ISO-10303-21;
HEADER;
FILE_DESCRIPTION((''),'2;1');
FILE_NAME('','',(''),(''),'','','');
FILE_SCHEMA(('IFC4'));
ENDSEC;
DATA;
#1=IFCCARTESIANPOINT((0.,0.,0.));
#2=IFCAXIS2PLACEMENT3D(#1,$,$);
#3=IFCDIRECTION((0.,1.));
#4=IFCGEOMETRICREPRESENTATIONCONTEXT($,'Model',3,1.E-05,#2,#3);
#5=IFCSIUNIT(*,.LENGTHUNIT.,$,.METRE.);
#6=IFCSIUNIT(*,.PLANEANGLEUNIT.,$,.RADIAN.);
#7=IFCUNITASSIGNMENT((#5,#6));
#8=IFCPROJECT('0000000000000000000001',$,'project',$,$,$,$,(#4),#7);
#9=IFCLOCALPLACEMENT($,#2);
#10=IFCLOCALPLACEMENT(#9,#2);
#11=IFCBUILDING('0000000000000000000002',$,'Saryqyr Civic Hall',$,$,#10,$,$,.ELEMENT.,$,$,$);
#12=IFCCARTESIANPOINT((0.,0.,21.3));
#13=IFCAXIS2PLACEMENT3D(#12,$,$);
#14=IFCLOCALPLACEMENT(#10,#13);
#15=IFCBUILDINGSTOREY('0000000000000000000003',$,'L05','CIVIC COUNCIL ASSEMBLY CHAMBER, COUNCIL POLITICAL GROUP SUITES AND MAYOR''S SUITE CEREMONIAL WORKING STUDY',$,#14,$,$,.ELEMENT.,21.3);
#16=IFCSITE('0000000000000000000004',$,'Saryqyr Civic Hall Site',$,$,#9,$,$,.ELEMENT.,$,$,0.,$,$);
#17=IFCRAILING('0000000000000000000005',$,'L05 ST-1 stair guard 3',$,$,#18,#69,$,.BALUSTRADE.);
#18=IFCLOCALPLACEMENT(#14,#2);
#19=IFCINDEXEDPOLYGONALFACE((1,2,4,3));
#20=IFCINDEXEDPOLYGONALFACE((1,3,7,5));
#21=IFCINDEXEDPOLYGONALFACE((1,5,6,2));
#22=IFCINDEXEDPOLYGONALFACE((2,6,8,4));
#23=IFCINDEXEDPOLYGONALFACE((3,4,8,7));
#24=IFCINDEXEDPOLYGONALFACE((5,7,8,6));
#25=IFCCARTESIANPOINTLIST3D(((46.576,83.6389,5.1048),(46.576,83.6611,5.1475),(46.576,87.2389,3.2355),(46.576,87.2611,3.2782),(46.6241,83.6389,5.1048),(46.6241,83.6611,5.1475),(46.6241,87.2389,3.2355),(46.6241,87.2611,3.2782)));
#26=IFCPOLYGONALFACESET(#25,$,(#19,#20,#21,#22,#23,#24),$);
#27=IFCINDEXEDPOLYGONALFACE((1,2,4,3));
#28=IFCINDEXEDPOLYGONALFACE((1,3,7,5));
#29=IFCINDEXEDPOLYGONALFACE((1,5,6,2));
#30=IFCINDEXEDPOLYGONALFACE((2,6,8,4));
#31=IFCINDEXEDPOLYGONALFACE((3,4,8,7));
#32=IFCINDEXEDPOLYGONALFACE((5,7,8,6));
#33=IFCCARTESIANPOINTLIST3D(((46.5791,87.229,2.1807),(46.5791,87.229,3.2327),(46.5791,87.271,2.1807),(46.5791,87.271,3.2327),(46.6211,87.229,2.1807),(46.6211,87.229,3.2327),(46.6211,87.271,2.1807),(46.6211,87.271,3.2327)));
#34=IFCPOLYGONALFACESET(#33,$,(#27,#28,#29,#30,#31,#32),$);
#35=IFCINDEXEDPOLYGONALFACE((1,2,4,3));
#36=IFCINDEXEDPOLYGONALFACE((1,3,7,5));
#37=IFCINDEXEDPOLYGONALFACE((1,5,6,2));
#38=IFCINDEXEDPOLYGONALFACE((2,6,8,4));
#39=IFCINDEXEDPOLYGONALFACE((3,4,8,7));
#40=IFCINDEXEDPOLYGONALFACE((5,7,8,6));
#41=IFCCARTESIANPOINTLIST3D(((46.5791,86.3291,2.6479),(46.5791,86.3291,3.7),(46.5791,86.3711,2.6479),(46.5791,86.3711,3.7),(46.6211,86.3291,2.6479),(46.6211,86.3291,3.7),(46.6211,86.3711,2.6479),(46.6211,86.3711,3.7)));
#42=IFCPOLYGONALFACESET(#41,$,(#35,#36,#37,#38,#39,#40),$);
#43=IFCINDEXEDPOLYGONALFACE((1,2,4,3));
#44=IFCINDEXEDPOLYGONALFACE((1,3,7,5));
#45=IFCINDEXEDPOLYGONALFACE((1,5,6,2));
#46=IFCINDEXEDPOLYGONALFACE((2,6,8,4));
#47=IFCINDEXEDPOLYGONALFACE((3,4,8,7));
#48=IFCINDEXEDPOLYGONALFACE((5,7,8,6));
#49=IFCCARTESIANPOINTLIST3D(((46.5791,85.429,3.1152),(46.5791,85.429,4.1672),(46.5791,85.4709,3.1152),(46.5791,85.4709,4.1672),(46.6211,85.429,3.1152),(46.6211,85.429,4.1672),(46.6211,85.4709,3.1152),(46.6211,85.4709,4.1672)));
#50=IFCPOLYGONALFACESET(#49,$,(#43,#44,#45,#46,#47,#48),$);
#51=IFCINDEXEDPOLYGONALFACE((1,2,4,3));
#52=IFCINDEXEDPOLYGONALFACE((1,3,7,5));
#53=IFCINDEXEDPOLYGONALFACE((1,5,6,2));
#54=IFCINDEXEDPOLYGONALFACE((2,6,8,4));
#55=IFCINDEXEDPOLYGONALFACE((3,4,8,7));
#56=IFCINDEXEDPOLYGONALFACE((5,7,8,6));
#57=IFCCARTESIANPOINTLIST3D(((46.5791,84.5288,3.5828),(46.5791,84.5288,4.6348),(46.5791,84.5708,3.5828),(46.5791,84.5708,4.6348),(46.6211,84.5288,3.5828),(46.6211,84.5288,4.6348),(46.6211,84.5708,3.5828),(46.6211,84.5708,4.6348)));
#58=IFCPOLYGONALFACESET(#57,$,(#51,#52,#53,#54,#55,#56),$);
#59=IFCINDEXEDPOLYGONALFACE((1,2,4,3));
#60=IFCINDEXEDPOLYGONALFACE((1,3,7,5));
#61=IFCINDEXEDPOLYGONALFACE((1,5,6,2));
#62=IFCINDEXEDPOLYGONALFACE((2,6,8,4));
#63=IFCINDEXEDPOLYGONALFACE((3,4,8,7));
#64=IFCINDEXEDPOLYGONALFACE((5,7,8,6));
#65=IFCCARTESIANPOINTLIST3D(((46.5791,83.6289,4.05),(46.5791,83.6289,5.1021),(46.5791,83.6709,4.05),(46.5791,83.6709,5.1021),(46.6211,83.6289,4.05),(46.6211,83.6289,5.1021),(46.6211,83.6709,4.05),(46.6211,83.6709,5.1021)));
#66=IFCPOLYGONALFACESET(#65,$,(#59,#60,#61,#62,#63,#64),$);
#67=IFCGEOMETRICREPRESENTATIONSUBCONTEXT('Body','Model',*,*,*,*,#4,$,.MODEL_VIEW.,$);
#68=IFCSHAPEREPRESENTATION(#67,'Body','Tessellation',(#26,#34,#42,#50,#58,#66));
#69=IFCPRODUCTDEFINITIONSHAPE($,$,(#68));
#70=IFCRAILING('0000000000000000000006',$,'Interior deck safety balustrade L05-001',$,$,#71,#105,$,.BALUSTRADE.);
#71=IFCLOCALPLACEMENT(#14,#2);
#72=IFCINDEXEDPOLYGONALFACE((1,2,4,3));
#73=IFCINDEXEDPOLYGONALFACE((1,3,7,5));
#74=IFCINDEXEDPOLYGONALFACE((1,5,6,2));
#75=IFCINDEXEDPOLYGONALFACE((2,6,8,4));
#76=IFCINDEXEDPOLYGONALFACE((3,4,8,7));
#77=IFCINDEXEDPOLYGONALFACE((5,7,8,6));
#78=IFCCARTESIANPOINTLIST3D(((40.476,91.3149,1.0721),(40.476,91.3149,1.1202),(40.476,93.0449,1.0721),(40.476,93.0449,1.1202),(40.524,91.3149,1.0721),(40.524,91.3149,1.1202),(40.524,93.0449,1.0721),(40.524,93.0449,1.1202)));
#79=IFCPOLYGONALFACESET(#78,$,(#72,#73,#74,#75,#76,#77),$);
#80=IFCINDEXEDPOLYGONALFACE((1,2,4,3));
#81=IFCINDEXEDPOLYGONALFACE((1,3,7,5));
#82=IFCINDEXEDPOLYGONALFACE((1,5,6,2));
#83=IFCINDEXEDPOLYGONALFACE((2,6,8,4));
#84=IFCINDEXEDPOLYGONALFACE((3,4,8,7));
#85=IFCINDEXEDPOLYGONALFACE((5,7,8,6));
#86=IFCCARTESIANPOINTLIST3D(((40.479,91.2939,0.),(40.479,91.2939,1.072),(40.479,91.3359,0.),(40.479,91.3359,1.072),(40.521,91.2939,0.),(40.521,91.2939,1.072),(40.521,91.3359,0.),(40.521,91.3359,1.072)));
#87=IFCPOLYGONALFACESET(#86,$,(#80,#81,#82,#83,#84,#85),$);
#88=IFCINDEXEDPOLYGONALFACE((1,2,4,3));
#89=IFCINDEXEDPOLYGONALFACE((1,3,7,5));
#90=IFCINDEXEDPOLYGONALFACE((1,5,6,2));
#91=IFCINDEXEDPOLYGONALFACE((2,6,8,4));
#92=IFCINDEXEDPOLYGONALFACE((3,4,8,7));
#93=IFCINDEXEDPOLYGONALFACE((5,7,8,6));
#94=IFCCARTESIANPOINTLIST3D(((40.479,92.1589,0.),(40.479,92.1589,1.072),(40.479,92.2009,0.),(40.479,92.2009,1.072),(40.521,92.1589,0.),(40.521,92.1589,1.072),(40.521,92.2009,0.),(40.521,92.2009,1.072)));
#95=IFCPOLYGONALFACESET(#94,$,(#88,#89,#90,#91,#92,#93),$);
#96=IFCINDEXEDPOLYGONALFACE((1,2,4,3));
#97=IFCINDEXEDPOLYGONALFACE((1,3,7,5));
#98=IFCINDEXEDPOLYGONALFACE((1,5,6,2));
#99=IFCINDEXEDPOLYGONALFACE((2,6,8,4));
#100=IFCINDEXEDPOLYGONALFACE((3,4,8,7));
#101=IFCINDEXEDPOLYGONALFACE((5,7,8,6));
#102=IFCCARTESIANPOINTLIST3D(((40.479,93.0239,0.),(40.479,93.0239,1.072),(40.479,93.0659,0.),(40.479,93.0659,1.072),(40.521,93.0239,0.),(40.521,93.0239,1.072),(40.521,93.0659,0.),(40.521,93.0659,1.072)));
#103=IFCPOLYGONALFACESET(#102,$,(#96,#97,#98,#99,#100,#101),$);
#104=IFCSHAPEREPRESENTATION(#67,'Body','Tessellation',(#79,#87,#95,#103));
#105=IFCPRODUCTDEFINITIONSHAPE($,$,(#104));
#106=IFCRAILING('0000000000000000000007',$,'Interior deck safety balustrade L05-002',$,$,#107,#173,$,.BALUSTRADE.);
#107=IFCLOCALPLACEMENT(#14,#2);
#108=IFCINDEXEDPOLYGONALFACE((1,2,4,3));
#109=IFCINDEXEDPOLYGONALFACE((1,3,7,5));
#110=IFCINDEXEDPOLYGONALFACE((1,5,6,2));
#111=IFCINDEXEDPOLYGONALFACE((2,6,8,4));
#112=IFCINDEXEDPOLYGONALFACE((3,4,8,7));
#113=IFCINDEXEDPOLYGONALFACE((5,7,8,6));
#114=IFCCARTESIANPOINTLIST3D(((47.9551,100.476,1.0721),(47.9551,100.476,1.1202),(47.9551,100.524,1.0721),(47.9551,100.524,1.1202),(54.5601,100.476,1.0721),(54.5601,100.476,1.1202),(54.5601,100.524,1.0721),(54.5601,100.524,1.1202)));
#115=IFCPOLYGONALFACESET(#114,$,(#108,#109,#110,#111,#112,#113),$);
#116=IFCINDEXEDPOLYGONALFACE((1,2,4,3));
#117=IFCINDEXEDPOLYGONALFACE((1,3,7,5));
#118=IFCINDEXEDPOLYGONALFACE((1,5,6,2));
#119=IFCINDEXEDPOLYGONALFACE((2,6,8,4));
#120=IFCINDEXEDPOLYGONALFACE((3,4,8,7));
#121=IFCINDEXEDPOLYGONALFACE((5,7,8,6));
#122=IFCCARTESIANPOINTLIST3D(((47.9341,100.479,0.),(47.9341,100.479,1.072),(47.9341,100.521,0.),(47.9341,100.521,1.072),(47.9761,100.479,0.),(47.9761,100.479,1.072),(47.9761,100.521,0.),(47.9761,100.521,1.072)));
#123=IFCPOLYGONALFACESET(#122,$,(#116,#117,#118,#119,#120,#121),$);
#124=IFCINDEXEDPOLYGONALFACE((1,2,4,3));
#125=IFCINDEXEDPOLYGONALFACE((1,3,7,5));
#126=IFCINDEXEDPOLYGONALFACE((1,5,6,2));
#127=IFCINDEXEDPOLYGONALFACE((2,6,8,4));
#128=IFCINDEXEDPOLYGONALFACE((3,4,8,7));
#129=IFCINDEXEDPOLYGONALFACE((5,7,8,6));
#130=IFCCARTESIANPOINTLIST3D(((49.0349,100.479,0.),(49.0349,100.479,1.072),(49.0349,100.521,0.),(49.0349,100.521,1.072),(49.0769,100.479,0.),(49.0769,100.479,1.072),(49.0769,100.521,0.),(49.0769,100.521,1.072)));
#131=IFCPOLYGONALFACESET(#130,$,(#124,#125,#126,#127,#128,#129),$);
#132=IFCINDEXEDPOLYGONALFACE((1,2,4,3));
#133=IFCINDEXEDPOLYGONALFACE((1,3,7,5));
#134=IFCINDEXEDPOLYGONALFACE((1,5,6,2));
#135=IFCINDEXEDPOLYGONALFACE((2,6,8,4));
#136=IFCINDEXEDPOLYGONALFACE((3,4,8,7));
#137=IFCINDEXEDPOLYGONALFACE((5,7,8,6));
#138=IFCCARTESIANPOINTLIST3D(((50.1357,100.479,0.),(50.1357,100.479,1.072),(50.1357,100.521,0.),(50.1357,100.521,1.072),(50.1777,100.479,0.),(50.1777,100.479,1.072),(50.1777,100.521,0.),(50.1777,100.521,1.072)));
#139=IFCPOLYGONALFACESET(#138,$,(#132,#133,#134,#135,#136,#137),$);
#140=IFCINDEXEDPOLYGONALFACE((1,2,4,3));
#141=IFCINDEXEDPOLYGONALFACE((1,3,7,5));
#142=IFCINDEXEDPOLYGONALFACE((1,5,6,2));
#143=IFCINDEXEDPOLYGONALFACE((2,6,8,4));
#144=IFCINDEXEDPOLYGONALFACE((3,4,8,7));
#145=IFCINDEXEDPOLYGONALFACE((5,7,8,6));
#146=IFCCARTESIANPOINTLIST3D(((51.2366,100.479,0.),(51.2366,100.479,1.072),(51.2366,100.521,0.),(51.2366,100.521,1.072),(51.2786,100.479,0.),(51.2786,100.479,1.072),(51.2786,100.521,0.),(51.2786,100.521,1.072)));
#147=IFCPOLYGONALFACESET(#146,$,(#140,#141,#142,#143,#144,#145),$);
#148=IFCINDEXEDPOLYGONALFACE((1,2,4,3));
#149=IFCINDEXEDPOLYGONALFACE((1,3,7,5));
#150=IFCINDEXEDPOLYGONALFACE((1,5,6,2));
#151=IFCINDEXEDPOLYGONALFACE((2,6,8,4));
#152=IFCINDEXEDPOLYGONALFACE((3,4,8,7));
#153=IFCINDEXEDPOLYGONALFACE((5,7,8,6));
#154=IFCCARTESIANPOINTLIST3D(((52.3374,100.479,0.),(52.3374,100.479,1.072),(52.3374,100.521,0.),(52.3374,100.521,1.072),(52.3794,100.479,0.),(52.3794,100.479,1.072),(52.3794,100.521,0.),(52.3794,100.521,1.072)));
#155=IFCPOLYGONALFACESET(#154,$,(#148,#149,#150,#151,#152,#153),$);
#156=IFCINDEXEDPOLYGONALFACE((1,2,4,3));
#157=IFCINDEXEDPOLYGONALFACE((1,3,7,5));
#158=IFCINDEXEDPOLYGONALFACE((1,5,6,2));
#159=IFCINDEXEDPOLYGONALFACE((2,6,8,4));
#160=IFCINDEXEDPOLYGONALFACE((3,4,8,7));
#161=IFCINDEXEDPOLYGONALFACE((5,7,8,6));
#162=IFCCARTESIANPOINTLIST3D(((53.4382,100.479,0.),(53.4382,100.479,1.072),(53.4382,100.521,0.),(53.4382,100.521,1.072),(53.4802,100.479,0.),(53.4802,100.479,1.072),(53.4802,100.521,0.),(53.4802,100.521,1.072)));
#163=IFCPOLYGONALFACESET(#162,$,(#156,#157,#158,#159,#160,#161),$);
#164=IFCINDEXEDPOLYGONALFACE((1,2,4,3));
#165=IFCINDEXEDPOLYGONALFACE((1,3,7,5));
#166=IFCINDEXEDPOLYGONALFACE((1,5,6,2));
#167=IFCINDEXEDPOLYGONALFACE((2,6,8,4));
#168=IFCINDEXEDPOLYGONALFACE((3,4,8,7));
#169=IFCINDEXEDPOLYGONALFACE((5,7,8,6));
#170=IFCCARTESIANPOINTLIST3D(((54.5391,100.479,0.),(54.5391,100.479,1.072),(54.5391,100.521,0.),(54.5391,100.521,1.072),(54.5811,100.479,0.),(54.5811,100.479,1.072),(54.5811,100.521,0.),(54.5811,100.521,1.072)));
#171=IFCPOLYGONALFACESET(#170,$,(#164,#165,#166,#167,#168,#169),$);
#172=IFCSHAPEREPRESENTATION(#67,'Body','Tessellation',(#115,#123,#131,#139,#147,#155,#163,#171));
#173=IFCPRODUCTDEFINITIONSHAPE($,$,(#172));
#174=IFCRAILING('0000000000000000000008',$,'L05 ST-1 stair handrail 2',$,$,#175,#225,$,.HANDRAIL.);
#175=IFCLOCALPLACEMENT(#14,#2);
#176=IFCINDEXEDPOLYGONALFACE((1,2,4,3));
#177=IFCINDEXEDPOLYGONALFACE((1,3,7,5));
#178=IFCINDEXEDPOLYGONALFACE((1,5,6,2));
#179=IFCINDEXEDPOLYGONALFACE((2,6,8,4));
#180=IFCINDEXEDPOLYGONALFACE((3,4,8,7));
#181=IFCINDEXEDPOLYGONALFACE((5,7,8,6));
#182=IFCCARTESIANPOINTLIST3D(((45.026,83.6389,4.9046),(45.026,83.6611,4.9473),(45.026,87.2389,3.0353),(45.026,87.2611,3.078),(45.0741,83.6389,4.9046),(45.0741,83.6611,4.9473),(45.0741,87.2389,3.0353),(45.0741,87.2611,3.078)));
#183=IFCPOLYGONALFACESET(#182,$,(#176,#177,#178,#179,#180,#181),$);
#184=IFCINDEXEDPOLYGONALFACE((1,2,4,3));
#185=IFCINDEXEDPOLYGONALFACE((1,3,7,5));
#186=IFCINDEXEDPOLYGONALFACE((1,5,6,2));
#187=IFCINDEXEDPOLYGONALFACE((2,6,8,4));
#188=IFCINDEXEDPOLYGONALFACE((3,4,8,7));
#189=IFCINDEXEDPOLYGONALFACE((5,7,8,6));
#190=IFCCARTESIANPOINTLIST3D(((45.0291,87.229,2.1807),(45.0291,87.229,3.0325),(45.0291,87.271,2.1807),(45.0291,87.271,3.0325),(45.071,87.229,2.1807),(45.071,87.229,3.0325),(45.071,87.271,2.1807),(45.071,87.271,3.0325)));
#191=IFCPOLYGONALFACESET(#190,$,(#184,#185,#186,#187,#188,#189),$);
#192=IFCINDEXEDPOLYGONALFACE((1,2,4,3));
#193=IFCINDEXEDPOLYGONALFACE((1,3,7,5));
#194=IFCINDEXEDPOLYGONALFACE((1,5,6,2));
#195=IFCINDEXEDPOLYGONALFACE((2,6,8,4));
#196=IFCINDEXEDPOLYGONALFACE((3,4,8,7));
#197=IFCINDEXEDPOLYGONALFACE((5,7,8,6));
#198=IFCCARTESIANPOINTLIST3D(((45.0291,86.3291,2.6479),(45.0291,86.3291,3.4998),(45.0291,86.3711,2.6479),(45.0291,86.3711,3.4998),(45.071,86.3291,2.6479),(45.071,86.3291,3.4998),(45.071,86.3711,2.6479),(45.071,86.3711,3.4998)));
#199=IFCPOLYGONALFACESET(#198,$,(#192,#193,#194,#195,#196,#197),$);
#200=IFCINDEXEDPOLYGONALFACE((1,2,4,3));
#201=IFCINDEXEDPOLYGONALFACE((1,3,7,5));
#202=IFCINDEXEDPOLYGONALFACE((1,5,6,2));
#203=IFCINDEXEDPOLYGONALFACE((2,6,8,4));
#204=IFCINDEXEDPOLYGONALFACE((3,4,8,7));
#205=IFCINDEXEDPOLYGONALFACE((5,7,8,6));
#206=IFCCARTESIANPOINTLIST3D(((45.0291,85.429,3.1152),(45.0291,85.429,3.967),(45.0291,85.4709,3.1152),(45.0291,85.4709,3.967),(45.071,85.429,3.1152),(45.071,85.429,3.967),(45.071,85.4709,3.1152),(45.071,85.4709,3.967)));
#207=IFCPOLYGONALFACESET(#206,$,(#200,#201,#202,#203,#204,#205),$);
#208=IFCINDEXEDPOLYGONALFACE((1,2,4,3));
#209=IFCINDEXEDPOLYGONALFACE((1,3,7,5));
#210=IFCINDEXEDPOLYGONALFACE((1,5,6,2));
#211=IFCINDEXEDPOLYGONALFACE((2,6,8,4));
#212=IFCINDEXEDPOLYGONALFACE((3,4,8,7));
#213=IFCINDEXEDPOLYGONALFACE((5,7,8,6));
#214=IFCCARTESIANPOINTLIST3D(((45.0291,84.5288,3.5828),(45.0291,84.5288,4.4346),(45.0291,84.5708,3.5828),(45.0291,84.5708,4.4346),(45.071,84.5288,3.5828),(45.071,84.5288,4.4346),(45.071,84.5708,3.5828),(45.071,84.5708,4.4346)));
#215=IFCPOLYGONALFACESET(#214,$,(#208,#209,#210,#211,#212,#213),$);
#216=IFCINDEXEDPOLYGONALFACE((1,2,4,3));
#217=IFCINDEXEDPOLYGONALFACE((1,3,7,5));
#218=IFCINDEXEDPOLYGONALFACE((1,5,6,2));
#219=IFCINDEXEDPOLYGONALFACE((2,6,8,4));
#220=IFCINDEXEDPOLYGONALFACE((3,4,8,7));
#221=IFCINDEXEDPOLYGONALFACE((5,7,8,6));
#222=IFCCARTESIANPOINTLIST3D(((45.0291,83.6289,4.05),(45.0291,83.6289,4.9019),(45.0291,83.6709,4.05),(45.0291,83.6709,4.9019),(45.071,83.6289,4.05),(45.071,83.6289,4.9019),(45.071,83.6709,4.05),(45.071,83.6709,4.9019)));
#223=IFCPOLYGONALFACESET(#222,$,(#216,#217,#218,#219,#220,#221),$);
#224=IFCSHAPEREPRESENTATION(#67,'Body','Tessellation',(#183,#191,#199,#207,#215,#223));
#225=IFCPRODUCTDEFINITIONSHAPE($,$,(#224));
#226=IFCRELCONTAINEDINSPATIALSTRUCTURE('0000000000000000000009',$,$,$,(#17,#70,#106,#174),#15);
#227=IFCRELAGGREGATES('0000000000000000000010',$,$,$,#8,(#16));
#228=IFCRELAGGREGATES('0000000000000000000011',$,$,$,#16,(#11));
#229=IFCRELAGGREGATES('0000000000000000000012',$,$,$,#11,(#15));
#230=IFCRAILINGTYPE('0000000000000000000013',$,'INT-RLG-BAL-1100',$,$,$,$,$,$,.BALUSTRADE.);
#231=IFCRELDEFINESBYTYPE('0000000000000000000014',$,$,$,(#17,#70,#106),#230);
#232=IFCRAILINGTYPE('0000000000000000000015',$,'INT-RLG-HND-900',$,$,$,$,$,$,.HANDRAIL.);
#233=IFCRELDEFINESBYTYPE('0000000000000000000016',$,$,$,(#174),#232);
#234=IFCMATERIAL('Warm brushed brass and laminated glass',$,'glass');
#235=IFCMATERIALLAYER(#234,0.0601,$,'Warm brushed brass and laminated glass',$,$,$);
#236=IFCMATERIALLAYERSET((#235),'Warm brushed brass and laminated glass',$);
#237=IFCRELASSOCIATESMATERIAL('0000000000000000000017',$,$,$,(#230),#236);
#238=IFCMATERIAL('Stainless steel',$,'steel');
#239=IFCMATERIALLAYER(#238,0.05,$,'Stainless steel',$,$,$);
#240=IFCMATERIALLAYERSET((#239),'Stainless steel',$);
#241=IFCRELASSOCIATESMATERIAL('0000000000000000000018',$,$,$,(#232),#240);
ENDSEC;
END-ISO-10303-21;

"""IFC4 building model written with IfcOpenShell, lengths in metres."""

from ifc_helpers import new_model, si_unit, direction, frame, origin, origin_2d, place, context, subcontext, project, spatial, rectangle, extrude, material, layer, layer_set, type_object, element, save


model = new_model("IFC4")

# Units and contexts
model_context = context("Model", 3, precision=1e-05, world=origin(), true_north=direction((0.0, 1.0)))
body_context = subcontext(model_context, "Body", "Model", "MODEL_VIEW")
ifc_project = project(units=[si_unit("LENGTHUNIT", "METRE"), si_unit("PLANEANGLEUNIT", "RADIAN")], contexts=[model_context])

# Site, building, storey
site_placement = place(None, origin())
site = spatial("IfcSite", under=ifc_project, at=site_placement, Name="Saryqyr Civic Hall Site", CompositionType="ELEMENT", RefElevation=0.0)
building_placement = place(site_placement, origin())
building = spatial("IfcBuilding", under=site, at=building_placement, Name="Saryqyr Civic Hall", CompositionType="ELEMENT")
storey_placement = place(building_placement, frame((0.0, 0.0, 21.3)))
storey = spatial("IfcBuildingStorey", under=building, at=storey_placement, Name="L05", Description="CIVIC COUNCIL ASSEMBLY CHAMBER, COUNCIL POLITICAL GROUP SUITES AND MAYOR'S SUITE CEREMONIAL WORKING STUDY", CompositionType="ELEMENT", Elevation=21.3)

# Railings
ifc_material_1 = material(Name="Warm brushed brass and laminated glass", Category="glass")
ifc_layer_1 = layer(ifc_material_1, 0.0601, Name="Warm brushed brass and laminated glass")
ifc_layer_set_1 = layer_set([ifc_layer_1], Name="Warm brushed brass and laminated glass")
railing_type_1 = type_object("IfcRailingType", Name="INT-RLG-BAL-1100", PredefinedType="BALUSTRADE", material=ifc_layer_set_1)
railing_1_placement = place(storey_placement, frame((46.6001, 87.25, 2.1807)))
element("IfcRailing", 1, at=railing_1_placement, inside=storey, type_object=railing_type_1, Name="L05 ST-1 stair guard 3", PredefinedType="BALUSTRADE", context=body_context, shape_type="SweptSolid", body=[
    extrude(rectangle(XDim=0.0481, YDim=0.0481, at=origin_2d()), frame((0.0, 0.0, 1.0762), z_axis=(0.0, -0.887486, 0.460835), x_axis=(1.0, 0.0, 0.0)), (0.0, 0.0, 1.0), 4.0564),
    extrude(rectangle(XDim=0.042, YDim=0.042, at=origin_2d()), origin(), (0.0, 0.0, 1.0), 1.052),
    extrude(rectangle(XDim=0.042, YDim=0.042, at=origin_2d()), frame((0.0, -0.8999, 0.4673)), (0.0, 0.0, 1.0), 1.052),
    extrude(rectangle(XDim=0.042, YDim=0.042, at=origin_2d()), frame((0.0, -1.8, 0.9346)), (0.0, 0.0, 1.0), 1.052),
    extrude(rectangle(XDim=0.042, YDim=0.042, at=origin_2d()), frame((0.0, -2.7002, 1.4021)), (0.0, 0.0, 1.0), 1.052),
    extrude(rectangle(XDim=0.042, YDim=0.042, at=origin_2d()), frame((0.0, -3.6001, 1.8694)), (0.0, 0.0, 1.0), 1.052),
])
railing_2_placement = place(storey_placement, frame((40.5, 91.3149, 0.0)))
element("IfcRailing", 2, at=railing_2_placement, inside=storey, type_object=railing_type_1, Name="Interior deck safety balustrade L05-001", PredefinedType="BALUSTRADE", context=body_context, shape_type="SweptSolid", body=[
    extrude(rectangle(XDim=0.0481, YDim=0.0481, at=origin_2d()), frame((0.0, 0.0, 1.0962), z_axis=(0.0, 1.0, 0.0), x_axis=(-1.0, 0.0, 0.0)), (0.0, 0.0, 1.0), 1.73),
    extrude(rectangle(XDim=0.042, YDim=0.042, at=origin_2d()), origin(), (0.0, 0.0, 1.0), 1.072),
    extrude(rectangle(XDim=0.042, YDim=0.042, at=origin_2d()), frame((0.0, 0.865, 0.0)), (0.0, 0.0, 1.0), 1.072),
    extrude(rectangle(XDim=0.042, YDim=0.042, at=origin_2d()), frame((0.0, 1.73, 0.0)), (0.0, 0.0, 1.0), 1.072),
])
railing_3_placement = place(storey_placement, frame((47.9551, 100.5, 0.0)))
element("IfcRailing", 3, at=railing_3_placement, inside=storey, type_object=railing_type_1, Name="Interior deck safety balustrade L05-002", PredefinedType="BALUSTRADE", context=body_context, shape_type="SweptSolid", body=[
    extrude(rectangle(XDim=0.0481, YDim=0.0481, at=origin_2d()), frame((0.0, 0.0, 1.0962), z_axis=(1.0, 0.0, 0.0), x_axis=(0.0, 1.0, 0.0)), (0.0, 0.0, 1.0), 6.605),
    extrude(rectangle(XDim=0.042, YDim=0.042, at=origin_2d()), origin(), (0.0, 0.0, 1.0), 1.072),
    extrude(rectangle(XDim=0.042, YDim=0.042, at=origin_2d()), frame((1.1008, 0.0, 0.0)), (0.0, 0.0, 1.0), 1.072),
    extrude(rectangle(XDim=0.042, YDim=0.042, at=origin_2d()), frame((2.2017, 0.0, 0.0)), (0.0, 0.0, 1.0), 1.072),
    extrude(rectangle(XDim=0.042, YDim=0.042, at=origin_2d()), frame((3.3025, 0.0, 0.0)), (0.0, 0.0, 1.0), 1.072),
    extrude(rectangle(XDim=0.042, YDim=0.042, at=origin_2d()), frame((4.4033, 0.0, 0.0)), (0.0, 0.0, 1.0), 1.072),
    extrude(rectangle(XDim=0.042, YDim=0.042, at=origin_2d()), frame((5.5042, 0.0, 0.0)), (0.0, 0.0, 1.0), 1.072),
    extrude(rectangle(XDim=0.042, YDim=0.042, at=origin_2d()), frame((6.605, 0.0, 0.0)), (0.0, 0.0, 1.0), 1.072),
])
ifc_material_2 = material(Name="Stainless steel", Category="steel")
ifc_layer_2 = layer(ifc_material_2, 0.05, Name="Stainless steel")
ifc_layer_set_2 = layer_set([ifc_layer_2], Name="Stainless steel")
railing_type_2 = type_object("IfcRailingType", Name="INT-RLG-HND-900", PredefinedType="HANDRAIL", material=ifc_layer_set_2)
railing_4_placement = place(storey_placement, frame((45.05, 87.25, 2.1807)))
element("IfcRailing", 4, at=railing_4_placement, inside=storey, type_object=railing_type_2, Name="L05 ST-1 stair handrail 2", PredefinedType="HANDRAIL", context=body_context, shape_type="SweptSolid", body=[
    extrude(rectangle(XDim=0.0481, YDim=0.0481, at=origin_2d()), frame((0.0, 0.0, 0.876), z_axis=(0.0, -0.887486, 0.460835), x_axis=(1.0, 0.0, 0.0)), (0.0, 0.0, 1.0), 4.0564),
    extrude(rectangle(XDim=0.042, YDim=0.042, at=origin_2d()), origin(), (0.0, 0.0, 1.0), 0.8518),
    extrude(rectangle(XDim=0.042, YDim=0.042, at=origin_2d()), frame((0.0, -0.8999, 0.4673)), (0.0, 0.0, 1.0), 0.8518),
    extrude(rectangle(XDim=0.042, YDim=0.042, at=origin_2d()), frame((0.0, -1.8, 0.9346)), (0.0, 0.0, 1.0), 0.8518),
    extrude(rectangle(XDim=0.042, YDim=0.042, at=origin_2d()), frame((0.0, -2.7002, 1.4021)), (0.0, 0.0, 1.0), 0.8518),
    extrude(rectangle(XDim=0.042, YDim=0.042, at=origin_2d()), frame((0.0, -3.6001, 1.8694)), (0.0, 0.0, 1.0), 0.8518),
])

save(model, "model.ifc")
